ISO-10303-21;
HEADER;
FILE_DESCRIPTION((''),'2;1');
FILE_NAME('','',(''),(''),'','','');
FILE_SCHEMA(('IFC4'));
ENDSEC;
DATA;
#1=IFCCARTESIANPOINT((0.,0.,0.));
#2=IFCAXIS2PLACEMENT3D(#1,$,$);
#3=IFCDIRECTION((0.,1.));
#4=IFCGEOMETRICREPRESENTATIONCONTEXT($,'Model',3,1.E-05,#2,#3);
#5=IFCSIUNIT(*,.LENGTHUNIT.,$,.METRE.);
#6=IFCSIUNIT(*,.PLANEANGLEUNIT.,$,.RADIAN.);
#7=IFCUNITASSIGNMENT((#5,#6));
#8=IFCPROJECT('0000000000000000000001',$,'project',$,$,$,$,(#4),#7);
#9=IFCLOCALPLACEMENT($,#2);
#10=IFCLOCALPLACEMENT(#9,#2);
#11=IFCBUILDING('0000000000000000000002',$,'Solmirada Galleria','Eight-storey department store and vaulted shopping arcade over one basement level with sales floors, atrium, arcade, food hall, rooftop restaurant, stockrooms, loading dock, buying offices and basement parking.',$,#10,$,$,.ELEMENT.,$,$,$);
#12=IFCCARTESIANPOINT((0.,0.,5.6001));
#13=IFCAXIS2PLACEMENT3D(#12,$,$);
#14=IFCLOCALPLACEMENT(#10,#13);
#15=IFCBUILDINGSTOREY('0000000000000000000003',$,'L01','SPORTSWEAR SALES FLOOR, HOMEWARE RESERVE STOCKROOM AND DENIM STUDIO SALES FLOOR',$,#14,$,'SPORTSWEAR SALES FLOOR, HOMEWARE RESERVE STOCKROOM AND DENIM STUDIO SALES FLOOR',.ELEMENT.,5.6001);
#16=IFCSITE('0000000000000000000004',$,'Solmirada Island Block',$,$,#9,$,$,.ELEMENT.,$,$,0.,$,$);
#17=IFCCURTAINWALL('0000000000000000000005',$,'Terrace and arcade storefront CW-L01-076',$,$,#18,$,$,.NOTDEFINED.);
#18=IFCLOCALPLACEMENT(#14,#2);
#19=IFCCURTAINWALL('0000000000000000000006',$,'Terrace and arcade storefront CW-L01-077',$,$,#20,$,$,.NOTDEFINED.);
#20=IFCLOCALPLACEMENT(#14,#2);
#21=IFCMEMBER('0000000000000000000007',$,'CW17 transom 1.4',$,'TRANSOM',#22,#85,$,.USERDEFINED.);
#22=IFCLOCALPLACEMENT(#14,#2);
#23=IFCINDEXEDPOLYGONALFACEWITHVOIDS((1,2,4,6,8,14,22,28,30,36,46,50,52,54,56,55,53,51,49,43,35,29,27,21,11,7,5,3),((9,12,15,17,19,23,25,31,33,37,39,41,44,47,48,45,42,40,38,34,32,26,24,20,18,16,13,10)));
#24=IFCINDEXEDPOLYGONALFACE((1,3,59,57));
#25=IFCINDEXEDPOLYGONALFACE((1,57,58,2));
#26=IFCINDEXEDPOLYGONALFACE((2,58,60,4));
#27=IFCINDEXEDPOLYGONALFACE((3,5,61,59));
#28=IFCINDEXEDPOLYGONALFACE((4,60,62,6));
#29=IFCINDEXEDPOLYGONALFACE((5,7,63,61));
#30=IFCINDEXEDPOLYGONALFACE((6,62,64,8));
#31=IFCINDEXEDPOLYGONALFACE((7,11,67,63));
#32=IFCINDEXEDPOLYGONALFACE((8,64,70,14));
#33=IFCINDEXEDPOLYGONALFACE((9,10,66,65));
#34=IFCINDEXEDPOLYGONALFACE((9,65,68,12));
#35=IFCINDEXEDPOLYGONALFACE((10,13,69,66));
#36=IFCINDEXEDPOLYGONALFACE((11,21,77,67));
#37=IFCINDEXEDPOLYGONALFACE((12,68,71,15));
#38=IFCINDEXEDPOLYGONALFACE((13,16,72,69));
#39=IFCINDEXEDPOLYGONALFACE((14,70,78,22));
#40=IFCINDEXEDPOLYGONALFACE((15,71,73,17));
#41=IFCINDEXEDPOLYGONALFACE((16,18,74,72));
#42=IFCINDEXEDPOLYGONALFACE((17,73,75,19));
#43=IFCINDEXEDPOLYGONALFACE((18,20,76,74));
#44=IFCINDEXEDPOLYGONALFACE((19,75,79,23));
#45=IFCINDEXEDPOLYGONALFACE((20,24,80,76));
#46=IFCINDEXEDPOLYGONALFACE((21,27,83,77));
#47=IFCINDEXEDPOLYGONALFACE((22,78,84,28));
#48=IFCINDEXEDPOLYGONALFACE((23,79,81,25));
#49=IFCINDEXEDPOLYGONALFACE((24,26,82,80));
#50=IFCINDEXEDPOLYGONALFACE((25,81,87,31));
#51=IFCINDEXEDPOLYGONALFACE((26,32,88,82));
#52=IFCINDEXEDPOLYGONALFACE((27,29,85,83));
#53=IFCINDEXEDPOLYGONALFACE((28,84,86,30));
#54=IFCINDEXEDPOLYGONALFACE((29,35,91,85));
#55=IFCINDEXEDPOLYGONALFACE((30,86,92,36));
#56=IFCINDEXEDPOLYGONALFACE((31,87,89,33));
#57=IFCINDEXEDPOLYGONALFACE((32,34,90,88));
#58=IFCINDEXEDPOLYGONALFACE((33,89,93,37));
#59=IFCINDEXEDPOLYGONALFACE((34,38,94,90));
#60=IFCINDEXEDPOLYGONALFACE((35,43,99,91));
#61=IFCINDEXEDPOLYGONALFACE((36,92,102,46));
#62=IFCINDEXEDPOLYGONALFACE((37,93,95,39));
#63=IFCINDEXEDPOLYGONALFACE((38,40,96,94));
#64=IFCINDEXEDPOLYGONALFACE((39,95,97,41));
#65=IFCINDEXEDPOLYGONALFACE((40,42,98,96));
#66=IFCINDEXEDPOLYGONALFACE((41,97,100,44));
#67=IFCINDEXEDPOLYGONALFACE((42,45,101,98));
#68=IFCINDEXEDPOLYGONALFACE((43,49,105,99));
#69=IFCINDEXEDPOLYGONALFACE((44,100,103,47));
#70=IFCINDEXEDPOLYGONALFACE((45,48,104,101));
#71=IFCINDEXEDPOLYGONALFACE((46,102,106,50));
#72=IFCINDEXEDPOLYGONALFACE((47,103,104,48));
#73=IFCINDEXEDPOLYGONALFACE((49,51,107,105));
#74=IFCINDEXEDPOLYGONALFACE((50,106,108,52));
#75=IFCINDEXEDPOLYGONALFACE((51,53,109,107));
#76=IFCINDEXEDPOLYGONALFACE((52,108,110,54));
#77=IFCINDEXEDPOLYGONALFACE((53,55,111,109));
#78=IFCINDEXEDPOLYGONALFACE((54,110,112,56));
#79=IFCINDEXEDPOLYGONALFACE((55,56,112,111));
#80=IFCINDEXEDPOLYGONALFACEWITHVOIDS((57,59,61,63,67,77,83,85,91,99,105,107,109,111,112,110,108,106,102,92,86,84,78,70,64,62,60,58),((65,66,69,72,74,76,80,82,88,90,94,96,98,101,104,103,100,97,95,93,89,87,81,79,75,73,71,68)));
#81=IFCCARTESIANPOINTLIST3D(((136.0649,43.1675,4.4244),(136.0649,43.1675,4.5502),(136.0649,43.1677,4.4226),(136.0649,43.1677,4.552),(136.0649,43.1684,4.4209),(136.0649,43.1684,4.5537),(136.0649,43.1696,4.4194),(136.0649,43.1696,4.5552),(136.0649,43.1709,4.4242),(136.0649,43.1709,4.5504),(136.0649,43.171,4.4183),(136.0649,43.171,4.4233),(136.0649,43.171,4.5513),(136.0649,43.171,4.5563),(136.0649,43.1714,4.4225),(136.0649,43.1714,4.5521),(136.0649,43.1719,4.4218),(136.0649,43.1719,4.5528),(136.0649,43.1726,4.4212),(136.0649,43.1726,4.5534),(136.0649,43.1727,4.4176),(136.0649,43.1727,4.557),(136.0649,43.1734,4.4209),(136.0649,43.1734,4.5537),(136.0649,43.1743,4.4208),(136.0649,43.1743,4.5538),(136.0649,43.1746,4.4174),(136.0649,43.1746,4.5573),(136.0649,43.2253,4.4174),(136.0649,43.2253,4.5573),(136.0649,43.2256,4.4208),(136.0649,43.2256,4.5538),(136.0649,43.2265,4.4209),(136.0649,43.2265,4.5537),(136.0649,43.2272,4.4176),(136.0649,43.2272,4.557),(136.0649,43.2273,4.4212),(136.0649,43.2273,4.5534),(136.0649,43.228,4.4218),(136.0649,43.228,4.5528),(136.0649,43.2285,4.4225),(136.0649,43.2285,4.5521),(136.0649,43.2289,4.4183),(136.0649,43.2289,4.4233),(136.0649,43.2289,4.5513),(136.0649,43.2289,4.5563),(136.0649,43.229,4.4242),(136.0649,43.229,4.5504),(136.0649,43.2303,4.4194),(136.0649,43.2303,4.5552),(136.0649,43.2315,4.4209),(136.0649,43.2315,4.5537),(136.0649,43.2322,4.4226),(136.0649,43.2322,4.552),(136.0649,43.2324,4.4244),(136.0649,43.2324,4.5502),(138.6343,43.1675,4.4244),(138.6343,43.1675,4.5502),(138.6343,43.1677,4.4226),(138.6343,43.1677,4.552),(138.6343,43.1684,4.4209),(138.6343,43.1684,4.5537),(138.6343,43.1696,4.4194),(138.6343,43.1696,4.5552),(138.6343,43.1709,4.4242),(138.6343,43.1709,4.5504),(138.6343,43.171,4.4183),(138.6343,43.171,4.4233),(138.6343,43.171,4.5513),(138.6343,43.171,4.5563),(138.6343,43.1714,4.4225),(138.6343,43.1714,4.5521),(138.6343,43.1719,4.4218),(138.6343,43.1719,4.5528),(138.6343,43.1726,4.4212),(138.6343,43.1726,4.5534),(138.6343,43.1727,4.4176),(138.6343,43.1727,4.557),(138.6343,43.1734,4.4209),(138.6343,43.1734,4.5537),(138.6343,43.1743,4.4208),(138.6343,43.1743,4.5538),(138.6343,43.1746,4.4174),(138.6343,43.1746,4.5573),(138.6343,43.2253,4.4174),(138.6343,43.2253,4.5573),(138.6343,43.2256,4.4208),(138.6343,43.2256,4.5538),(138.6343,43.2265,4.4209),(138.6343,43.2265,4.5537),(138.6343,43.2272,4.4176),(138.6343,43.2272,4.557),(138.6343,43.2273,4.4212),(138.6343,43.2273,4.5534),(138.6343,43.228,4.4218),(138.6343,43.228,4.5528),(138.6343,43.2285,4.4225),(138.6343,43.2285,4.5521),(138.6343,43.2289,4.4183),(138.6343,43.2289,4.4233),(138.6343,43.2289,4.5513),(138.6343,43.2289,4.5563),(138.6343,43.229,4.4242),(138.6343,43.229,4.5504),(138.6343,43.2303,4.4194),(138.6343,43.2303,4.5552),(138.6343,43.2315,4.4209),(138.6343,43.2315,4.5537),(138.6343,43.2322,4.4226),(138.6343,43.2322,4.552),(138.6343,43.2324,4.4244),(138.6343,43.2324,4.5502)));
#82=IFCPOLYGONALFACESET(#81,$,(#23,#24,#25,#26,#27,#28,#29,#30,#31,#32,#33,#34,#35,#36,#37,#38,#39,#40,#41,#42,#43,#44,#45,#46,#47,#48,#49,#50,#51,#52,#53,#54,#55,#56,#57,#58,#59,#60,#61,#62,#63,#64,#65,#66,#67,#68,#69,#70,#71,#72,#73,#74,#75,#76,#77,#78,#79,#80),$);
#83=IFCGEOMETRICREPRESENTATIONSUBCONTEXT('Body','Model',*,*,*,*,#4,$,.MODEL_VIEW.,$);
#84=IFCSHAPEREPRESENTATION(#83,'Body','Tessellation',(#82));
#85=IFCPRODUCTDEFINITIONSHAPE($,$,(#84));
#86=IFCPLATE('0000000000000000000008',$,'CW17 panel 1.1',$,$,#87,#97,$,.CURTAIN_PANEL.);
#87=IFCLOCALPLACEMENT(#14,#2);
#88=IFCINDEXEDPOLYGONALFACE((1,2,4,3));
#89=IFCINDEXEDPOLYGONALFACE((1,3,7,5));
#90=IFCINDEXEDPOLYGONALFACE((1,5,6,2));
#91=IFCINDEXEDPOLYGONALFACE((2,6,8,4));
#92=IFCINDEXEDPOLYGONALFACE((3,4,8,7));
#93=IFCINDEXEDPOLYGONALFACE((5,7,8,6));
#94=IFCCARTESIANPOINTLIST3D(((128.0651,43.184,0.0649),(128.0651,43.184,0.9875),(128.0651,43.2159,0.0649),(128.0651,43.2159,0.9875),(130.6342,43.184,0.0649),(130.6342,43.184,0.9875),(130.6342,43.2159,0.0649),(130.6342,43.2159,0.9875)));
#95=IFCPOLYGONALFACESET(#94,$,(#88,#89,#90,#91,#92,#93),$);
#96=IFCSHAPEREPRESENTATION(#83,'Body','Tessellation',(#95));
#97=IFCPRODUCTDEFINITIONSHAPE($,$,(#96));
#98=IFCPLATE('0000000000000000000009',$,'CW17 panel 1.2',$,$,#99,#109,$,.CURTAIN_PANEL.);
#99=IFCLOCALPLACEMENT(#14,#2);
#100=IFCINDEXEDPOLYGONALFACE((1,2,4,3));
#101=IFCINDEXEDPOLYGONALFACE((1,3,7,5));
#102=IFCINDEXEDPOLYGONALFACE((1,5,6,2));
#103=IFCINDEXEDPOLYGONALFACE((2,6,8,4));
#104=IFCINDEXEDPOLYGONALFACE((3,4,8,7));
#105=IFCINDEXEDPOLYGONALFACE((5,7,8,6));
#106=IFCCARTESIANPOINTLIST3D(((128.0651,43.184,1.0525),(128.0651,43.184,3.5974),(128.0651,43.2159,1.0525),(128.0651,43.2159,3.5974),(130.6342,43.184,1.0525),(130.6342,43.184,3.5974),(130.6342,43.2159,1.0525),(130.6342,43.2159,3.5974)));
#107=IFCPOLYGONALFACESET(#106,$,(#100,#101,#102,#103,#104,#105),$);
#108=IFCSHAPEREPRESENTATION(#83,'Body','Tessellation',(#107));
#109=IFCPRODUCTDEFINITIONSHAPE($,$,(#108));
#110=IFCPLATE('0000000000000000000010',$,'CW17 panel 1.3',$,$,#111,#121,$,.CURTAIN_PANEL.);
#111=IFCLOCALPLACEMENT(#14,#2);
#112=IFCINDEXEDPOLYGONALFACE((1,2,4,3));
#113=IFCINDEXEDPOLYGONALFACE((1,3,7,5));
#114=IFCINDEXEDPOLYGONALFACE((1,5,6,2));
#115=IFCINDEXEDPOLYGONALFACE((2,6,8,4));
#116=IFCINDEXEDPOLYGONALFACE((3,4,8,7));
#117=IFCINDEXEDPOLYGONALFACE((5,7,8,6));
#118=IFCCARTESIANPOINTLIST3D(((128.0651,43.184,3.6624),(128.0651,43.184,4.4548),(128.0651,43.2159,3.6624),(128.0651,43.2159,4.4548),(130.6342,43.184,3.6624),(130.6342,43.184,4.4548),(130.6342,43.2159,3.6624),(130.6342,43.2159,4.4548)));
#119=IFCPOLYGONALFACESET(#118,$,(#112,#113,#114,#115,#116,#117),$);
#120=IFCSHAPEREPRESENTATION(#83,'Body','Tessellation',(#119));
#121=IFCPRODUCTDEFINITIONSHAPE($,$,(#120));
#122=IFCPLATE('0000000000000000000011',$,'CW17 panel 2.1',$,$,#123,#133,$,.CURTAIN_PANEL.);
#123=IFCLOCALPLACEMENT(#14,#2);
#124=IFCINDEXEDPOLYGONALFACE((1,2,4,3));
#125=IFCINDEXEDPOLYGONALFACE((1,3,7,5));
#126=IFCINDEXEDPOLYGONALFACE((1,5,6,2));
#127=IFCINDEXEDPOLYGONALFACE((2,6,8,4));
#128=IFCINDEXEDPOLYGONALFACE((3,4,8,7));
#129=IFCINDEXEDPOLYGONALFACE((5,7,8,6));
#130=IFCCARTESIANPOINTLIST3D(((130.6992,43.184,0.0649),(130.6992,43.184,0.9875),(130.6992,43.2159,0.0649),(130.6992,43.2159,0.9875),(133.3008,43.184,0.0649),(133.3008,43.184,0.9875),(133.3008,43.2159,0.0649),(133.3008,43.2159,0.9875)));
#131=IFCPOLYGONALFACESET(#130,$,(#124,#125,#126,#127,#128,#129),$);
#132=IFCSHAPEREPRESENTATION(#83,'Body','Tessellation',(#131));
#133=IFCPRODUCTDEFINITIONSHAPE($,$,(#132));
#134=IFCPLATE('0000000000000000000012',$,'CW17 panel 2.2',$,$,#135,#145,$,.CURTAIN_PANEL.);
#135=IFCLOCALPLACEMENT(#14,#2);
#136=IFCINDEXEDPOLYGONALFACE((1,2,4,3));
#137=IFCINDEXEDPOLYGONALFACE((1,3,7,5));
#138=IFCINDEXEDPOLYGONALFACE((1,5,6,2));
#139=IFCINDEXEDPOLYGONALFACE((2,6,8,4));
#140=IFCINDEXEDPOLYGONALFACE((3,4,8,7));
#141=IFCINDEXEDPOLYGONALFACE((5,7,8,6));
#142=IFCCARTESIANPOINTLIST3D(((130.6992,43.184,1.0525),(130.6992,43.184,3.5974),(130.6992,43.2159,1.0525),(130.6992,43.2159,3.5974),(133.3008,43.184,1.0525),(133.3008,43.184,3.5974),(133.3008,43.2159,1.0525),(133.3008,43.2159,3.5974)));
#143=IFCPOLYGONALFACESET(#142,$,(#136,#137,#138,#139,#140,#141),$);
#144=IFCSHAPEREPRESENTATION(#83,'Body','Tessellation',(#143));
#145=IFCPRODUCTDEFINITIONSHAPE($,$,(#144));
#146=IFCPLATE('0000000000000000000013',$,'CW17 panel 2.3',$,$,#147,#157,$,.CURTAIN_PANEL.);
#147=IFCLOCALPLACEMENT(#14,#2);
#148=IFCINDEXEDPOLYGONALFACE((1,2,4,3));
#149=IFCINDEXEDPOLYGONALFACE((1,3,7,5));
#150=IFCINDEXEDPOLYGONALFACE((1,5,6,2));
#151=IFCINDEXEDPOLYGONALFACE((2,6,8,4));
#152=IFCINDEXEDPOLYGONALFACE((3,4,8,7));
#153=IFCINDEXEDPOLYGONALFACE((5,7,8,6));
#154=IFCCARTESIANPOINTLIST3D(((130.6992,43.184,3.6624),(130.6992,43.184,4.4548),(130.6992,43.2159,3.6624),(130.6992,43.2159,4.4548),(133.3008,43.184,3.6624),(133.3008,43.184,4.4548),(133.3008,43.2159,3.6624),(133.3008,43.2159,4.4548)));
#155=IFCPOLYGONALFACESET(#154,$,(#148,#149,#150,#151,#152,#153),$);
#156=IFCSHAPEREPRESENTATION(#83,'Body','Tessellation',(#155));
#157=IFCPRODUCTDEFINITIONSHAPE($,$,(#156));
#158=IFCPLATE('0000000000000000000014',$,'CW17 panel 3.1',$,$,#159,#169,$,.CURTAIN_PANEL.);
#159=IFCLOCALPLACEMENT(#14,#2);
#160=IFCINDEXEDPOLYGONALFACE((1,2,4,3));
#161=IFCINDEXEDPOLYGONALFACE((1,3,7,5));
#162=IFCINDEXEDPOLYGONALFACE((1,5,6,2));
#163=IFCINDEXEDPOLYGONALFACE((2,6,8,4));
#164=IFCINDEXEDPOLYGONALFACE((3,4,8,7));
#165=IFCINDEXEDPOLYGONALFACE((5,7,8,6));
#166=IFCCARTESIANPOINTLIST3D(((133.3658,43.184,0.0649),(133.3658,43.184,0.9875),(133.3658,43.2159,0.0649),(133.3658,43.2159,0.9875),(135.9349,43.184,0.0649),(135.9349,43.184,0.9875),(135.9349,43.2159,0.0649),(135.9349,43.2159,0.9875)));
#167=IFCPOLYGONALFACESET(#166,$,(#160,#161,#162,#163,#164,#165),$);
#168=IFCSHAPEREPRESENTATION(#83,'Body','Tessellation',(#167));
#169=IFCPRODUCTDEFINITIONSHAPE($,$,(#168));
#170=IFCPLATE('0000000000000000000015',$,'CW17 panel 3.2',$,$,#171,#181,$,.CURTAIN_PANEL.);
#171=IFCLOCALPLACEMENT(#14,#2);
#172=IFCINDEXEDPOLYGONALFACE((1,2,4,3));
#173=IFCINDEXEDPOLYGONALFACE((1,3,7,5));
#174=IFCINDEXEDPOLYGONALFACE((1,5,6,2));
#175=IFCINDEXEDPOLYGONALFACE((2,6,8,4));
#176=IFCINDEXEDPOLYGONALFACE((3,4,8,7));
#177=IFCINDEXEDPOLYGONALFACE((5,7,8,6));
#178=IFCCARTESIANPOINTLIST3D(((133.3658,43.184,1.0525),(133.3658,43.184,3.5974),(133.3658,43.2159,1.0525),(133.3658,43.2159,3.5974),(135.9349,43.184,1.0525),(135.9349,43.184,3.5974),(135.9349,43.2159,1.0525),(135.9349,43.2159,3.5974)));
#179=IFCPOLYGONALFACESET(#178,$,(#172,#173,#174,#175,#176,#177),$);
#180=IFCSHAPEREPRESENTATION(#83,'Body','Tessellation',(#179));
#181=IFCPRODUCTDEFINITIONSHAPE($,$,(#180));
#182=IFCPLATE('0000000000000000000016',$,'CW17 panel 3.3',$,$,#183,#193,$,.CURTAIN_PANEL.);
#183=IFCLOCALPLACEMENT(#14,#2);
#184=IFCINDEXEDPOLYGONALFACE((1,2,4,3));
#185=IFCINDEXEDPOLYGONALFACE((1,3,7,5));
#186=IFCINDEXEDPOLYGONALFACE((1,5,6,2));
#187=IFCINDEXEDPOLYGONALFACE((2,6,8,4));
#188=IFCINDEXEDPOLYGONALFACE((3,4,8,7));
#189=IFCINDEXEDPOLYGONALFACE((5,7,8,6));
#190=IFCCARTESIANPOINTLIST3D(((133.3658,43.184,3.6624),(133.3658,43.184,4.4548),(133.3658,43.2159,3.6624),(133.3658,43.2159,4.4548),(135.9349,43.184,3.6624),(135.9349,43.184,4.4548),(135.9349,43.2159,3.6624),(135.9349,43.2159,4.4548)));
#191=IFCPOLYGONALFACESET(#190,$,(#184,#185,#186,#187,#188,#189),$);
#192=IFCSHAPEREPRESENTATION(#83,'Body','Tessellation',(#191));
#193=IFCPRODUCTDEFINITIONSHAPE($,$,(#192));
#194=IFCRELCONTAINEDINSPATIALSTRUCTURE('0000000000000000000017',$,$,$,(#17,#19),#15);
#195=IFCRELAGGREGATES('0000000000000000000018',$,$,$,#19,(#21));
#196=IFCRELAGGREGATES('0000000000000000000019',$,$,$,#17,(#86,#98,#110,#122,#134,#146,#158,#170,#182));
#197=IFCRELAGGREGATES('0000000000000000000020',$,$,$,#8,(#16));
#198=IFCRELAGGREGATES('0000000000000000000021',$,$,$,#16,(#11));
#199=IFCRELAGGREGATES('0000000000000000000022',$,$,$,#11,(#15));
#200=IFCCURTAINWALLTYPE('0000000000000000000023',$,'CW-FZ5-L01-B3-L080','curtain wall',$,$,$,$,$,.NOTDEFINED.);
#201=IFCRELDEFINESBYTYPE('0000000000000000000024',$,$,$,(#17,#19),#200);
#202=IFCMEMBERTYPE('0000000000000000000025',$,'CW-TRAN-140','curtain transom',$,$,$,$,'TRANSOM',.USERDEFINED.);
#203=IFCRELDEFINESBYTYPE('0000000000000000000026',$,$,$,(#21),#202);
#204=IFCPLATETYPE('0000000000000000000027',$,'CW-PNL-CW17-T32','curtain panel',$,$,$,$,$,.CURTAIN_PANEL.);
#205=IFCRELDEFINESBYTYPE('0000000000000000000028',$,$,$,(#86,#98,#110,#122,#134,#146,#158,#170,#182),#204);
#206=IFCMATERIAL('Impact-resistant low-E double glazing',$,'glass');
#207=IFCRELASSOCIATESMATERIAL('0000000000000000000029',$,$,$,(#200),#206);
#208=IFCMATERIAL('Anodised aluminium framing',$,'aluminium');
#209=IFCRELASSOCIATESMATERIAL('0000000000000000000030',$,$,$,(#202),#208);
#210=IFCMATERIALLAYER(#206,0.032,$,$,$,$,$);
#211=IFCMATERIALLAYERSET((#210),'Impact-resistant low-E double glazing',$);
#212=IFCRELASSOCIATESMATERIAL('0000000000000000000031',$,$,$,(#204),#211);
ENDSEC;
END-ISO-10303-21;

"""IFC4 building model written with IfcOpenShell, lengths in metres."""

from ifc_helpers import new_model, si_unit, direction, frame, origin, origin_2d, place, context, subcontext, project, spatial, rectangle, hollow_rectangle, extrude, material, layer, layer_set, material_profile, profile_set, type_object, element, aggregate, save


model = new_model("IFC4")

# Units and contexts
model_context = context("Model", 3, precision=1e-05, world=origin(), true_north=direction((0.0, 1.0)))
body_context = subcontext(model_context, "Body", "Model", "MODEL_VIEW")
ifc_project = project(units=[si_unit("LENGTHUNIT", "METRE"), si_unit("PLANEANGLEUNIT", "RADIAN")], contexts=[model_context])

# Site, building, storey
site_placement = place(None, origin())
site = spatial("IfcSite", under=ifc_project, at=site_placement, Name="Solmirada Island Block", CompositionType="ELEMENT", RefElevation=0.0)
building_placement = place(site_placement, origin())
building = spatial("IfcBuilding", under=site, at=building_placement, Name="Solmirada Galleria", Description="Eight-storey department store and vaulted shopping arcade over one basement level with sales floors, atrium, arcade, food hall, rooftop restaurant, stockrooms, loading dock, buying offices and basement parking.", CompositionType="ELEMENT")
storey_placement = place(building_placement, frame((0.0, 0.0, 5.6001)))
storey = spatial("IfcBuildingStorey", under=building, at=storey_placement, Name="L01", Description="SPORTSWEAR SALES FLOOR, HOMEWARE RESERVE STOCKROOM AND DENIM STUDIO SALES FLOOR", LongName="SPORTSWEAR SALES FLOOR, HOMEWARE RESERVE STOCKROOM AND DENIM STUDIO SALES FLOOR", CompositionType="ELEMENT", Elevation=5.6001)

# Curtain wall
ifc_material_1 = material(Name="Impact-resistant low-E double glazing", Category="glass")
curtain_wall_type = type_object("IfcCurtainWallType", Name="CW-FZ5-L01-B3-L080", Description="curtain wall", PredefinedType="NOTDEFINED", material=ifc_material_1)
curtain_wall_1_placement = place(storey_placement, origin())
curtain_wall_1 = element("IfcCurtainWall", 1, at=curtain_wall_1_placement, inside=storey, type_object=curtain_wall_type, Name="Terrace and arcade storefront CW-L01-076", PredefinedType="NOTDEFINED")
ifc_material_2 = material(Name="Anodised aluminium framing", Category="aluminium")

# Curtain wall
curtain_wall_2_placement = place(storey_placement, origin())
curtain_wall_2 = element("IfcCurtainWall", 2, at=curtain_wall_2_placement, inside=storey, type_object=curtain_wall_type, Name="Terrace and arcade storefront CW-L01-077", PredefinedType="NOTDEFINED")

# Member
ifc_material_profile_1 = material_profile(ifc_material_2, hollow_rectangle(XDim=0.0649, YDim=0.1399, WallThickness=0.0034, InnerFilletRadius=0.0034, OuterFilletRadius=0.0071, at=origin_2d()), Name="ALU-TRAN-140X65")
ifc_profile_set_1 = profile_set([ifc_material_profile_1], Name="Anodised aluminium framing")
member_type_1 = type_object("IfcMemberType", Name="CW-TRAN-140", Description="curtain transom", ElementType="TRANSOM", PredefinedType="USERDEFINED", material=ifc_profile_set_1)
member_1_placement = place(storey_placement, frame((136.0649, 43.2, 4.4873), z_axis=(1.0, 0.0, 0.0), x_axis=(0.0, 1.0, 0.0)))
member_1 = element("IfcMember", 3, at=member_1_placement, type_object=member_type_1, Name="CW17 transom 1.4", ObjectType="TRANSOM", PredefinedType="USERDEFINED", context=body_context, shape_type="SweptSolid", body=[
    extrude(hollow_rectangle(XDim=0.0649, YDim=0.1399, WallThickness=0.0034, InnerFilletRadius=0.0034, OuterFilletRadius=0.0071, at=origin_2d()), origin(), (0.0, 0.0, 1.0), 2.5693),
])
aggregate(curtain_wall_2, [member_1])

# Plates
ifc_layer = layer(ifc_material_1, 0.032)
ifc_layer_set = layer_set([ifc_layer], Name="Impact-resistant low-E double glazing")
plate_type = type_object("IfcPlateType", Name="CW-PNL-CW17-T32", Description="curtain panel", PredefinedType="CURTAIN_PANEL", material=ifc_layer_set)
plate_1_placement = place(storey_placement, frame((129.3496, 43.2, 0.0649), z_axis=(0.0, 0.0, 1.0), x_axis=(1.0, 0.0, 0.0)))
plate_1 = element("IfcPlate", 4, at=plate_1_placement, type_object=plate_type, Name="CW17 panel 1.1", PredefinedType="CURTAIN_PANEL", context=body_context, shape_type="SweptSolid", body=[
    extrude(rectangle(XDim=2.5691, YDim=0.032, at=origin_2d()), origin(), (0.0, 0.0, 1.0), 0.9226),
])
plate_2_placement = place(storey_placement, frame((129.3496, 43.2, 1.0525), z_axis=(0.0, 0.0, 1.0), x_axis=(1.0, 0.0, 0.0)))
plate_2 = element("IfcPlate", 5, at=plate_2_placement, type_object=plate_type, Name="CW17 panel 1.2", PredefinedType="CURTAIN_PANEL", context=body_context, shape_type="SweptSolid", body=[
    extrude(rectangle(XDim=2.5691, YDim=0.032, at=origin_2d()), origin(), (0.0, 0.0, 1.0), 2.5449),
])
plate_3_placement = place(storey_placement, frame((129.3496, 43.2, 3.6624), z_axis=(0.0, 0.0, 1.0), x_axis=(1.0, 0.0, 0.0)))
plate_3 = element("IfcPlate", 6, at=plate_3_placement, type_object=plate_type, Name="CW17 panel 1.3", PredefinedType="CURTAIN_PANEL", context=body_context, shape_type="SweptSolid", body=[
    extrude(rectangle(XDim=2.5691, YDim=0.032, at=origin_2d()), origin(), (0.0, 0.0, 1.0), 0.7925),
])
plate_4_placement = place(storey_placement, frame((132.0, 43.2, 0.0649), z_axis=(0.0, 0.0, 1.0), x_axis=(1.0, 0.0, 0.0)))
plate_4 = element("IfcPlate", 7, at=plate_4_placement, type_object=plate_type, Name="CW17 panel 2.1", PredefinedType="CURTAIN_PANEL", context=body_context, shape_type="SweptSolid", body=[
    extrude(rectangle(XDim=2.6016, YDim=0.032, at=origin_2d()), origin(), (0.0, 0.0, 1.0), 0.9226),
])
plate_5_placement = place(storey_placement, frame((132.0, 43.2, 1.0525), z_axis=(0.0, 0.0, 1.0), x_axis=(1.0, 0.0, 0.0)))
plate_5 = element("IfcPlate", 8, at=plate_5_placement, type_object=plate_type, Name="CW17 panel 2.2", PredefinedType="CURTAIN_PANEL", context=body_context, shape_type="SweptSolid", body=[
    extrude(rectangle(XDim=2.6016, YDim=0.032, at=origin_2d()), origin(), (0.0, 0.0, 1.0), 2.5449),
])
plate_6_placement = place(storey_placement, frame((132.0, 43.2, 3.6624), z_axis=(0.0, 0.0, 1.0), x_axis=(1.0, 0.0, 0.0)))
plate_6 = element("IfcPlate", 9, at=plate_6_placement, type_object=plate_type, Name="CW17 panel 2.3", PredefinedType="CURTAIN_PANEL", context=body_context, shape_type="SweptSolid", body=[
    extrude(rectangle(XDim=2.6016, YDim=0.032, at=origin_2d()), origin(), (0.0, 0.0, 1.0), 0.7925),
])
plate_7_placement = place(storey_placement, frame((134.6504, 43.2, 0.0649), z_axis=(0.0, 0.0, 1.0), x_axis=(1.0, 0.0, 0.0)))
plate_7 = element("IfcPlate", 10, at=plate_7_placement, type_object=plate_type, Name="CW17 panel 3.1", PredefinedType="CURTAIN_PANEL", context=body_context, shape_type="SweptSolid", body=[
    extrude(rectangle(XDim=2.5691, YDim=0.032, at=origin_2d()), origin(), (0.0, 0.0, 1.0), 0.9226),
])
plate_8_placement = place(storey_placement, frame((134.6504, 43.2, 1.0525), z_axis=(0.0, 0.0, 1.0), x_axis=(1.0, 0.0, 0.0)))
plate_8 = element("IfcPlate", 11, at=plate_8_placement, type_object=plate_type, Name="CW17 panel 3.2", PredefinedType="CURTAIN_PANEL", context=body_context, shape_type="SweptSolid", body=[
    extrude(rectangle(XDim=2.5691, YDim=0.032, at=origin_2d()), origin(), (0.0, 0.0, 1.0), 2.5449),
])
plate_9_placement = place(storey_placement, frame((134.6504, 43.2, 3.6624), z_axis=(0.0, 0.0, 1.0), x_axis=(1.0, 0.0, 0.0)))
plate_9 = element("IfcPlate", 12, at=plate_9_placement, type_object=plate_type, Name="CW17 panel 3.3", PredefinedType="CURTAIN_PANEL", context=body_context, shape_type="SweptSolid", body=[
    extrude(rectangle(XDim=2.5691, YDim=0.032, at=origin_2d()), origin(), (0.0, 0.0, 1.0), 0.7925),
])
aggregate(curtain_wall_1, [plate_1, plate_2, plate_3, plate_4, plate_5, plate_6, plate_7, plate_8, plate_9])

save(model, "model.ifc")
